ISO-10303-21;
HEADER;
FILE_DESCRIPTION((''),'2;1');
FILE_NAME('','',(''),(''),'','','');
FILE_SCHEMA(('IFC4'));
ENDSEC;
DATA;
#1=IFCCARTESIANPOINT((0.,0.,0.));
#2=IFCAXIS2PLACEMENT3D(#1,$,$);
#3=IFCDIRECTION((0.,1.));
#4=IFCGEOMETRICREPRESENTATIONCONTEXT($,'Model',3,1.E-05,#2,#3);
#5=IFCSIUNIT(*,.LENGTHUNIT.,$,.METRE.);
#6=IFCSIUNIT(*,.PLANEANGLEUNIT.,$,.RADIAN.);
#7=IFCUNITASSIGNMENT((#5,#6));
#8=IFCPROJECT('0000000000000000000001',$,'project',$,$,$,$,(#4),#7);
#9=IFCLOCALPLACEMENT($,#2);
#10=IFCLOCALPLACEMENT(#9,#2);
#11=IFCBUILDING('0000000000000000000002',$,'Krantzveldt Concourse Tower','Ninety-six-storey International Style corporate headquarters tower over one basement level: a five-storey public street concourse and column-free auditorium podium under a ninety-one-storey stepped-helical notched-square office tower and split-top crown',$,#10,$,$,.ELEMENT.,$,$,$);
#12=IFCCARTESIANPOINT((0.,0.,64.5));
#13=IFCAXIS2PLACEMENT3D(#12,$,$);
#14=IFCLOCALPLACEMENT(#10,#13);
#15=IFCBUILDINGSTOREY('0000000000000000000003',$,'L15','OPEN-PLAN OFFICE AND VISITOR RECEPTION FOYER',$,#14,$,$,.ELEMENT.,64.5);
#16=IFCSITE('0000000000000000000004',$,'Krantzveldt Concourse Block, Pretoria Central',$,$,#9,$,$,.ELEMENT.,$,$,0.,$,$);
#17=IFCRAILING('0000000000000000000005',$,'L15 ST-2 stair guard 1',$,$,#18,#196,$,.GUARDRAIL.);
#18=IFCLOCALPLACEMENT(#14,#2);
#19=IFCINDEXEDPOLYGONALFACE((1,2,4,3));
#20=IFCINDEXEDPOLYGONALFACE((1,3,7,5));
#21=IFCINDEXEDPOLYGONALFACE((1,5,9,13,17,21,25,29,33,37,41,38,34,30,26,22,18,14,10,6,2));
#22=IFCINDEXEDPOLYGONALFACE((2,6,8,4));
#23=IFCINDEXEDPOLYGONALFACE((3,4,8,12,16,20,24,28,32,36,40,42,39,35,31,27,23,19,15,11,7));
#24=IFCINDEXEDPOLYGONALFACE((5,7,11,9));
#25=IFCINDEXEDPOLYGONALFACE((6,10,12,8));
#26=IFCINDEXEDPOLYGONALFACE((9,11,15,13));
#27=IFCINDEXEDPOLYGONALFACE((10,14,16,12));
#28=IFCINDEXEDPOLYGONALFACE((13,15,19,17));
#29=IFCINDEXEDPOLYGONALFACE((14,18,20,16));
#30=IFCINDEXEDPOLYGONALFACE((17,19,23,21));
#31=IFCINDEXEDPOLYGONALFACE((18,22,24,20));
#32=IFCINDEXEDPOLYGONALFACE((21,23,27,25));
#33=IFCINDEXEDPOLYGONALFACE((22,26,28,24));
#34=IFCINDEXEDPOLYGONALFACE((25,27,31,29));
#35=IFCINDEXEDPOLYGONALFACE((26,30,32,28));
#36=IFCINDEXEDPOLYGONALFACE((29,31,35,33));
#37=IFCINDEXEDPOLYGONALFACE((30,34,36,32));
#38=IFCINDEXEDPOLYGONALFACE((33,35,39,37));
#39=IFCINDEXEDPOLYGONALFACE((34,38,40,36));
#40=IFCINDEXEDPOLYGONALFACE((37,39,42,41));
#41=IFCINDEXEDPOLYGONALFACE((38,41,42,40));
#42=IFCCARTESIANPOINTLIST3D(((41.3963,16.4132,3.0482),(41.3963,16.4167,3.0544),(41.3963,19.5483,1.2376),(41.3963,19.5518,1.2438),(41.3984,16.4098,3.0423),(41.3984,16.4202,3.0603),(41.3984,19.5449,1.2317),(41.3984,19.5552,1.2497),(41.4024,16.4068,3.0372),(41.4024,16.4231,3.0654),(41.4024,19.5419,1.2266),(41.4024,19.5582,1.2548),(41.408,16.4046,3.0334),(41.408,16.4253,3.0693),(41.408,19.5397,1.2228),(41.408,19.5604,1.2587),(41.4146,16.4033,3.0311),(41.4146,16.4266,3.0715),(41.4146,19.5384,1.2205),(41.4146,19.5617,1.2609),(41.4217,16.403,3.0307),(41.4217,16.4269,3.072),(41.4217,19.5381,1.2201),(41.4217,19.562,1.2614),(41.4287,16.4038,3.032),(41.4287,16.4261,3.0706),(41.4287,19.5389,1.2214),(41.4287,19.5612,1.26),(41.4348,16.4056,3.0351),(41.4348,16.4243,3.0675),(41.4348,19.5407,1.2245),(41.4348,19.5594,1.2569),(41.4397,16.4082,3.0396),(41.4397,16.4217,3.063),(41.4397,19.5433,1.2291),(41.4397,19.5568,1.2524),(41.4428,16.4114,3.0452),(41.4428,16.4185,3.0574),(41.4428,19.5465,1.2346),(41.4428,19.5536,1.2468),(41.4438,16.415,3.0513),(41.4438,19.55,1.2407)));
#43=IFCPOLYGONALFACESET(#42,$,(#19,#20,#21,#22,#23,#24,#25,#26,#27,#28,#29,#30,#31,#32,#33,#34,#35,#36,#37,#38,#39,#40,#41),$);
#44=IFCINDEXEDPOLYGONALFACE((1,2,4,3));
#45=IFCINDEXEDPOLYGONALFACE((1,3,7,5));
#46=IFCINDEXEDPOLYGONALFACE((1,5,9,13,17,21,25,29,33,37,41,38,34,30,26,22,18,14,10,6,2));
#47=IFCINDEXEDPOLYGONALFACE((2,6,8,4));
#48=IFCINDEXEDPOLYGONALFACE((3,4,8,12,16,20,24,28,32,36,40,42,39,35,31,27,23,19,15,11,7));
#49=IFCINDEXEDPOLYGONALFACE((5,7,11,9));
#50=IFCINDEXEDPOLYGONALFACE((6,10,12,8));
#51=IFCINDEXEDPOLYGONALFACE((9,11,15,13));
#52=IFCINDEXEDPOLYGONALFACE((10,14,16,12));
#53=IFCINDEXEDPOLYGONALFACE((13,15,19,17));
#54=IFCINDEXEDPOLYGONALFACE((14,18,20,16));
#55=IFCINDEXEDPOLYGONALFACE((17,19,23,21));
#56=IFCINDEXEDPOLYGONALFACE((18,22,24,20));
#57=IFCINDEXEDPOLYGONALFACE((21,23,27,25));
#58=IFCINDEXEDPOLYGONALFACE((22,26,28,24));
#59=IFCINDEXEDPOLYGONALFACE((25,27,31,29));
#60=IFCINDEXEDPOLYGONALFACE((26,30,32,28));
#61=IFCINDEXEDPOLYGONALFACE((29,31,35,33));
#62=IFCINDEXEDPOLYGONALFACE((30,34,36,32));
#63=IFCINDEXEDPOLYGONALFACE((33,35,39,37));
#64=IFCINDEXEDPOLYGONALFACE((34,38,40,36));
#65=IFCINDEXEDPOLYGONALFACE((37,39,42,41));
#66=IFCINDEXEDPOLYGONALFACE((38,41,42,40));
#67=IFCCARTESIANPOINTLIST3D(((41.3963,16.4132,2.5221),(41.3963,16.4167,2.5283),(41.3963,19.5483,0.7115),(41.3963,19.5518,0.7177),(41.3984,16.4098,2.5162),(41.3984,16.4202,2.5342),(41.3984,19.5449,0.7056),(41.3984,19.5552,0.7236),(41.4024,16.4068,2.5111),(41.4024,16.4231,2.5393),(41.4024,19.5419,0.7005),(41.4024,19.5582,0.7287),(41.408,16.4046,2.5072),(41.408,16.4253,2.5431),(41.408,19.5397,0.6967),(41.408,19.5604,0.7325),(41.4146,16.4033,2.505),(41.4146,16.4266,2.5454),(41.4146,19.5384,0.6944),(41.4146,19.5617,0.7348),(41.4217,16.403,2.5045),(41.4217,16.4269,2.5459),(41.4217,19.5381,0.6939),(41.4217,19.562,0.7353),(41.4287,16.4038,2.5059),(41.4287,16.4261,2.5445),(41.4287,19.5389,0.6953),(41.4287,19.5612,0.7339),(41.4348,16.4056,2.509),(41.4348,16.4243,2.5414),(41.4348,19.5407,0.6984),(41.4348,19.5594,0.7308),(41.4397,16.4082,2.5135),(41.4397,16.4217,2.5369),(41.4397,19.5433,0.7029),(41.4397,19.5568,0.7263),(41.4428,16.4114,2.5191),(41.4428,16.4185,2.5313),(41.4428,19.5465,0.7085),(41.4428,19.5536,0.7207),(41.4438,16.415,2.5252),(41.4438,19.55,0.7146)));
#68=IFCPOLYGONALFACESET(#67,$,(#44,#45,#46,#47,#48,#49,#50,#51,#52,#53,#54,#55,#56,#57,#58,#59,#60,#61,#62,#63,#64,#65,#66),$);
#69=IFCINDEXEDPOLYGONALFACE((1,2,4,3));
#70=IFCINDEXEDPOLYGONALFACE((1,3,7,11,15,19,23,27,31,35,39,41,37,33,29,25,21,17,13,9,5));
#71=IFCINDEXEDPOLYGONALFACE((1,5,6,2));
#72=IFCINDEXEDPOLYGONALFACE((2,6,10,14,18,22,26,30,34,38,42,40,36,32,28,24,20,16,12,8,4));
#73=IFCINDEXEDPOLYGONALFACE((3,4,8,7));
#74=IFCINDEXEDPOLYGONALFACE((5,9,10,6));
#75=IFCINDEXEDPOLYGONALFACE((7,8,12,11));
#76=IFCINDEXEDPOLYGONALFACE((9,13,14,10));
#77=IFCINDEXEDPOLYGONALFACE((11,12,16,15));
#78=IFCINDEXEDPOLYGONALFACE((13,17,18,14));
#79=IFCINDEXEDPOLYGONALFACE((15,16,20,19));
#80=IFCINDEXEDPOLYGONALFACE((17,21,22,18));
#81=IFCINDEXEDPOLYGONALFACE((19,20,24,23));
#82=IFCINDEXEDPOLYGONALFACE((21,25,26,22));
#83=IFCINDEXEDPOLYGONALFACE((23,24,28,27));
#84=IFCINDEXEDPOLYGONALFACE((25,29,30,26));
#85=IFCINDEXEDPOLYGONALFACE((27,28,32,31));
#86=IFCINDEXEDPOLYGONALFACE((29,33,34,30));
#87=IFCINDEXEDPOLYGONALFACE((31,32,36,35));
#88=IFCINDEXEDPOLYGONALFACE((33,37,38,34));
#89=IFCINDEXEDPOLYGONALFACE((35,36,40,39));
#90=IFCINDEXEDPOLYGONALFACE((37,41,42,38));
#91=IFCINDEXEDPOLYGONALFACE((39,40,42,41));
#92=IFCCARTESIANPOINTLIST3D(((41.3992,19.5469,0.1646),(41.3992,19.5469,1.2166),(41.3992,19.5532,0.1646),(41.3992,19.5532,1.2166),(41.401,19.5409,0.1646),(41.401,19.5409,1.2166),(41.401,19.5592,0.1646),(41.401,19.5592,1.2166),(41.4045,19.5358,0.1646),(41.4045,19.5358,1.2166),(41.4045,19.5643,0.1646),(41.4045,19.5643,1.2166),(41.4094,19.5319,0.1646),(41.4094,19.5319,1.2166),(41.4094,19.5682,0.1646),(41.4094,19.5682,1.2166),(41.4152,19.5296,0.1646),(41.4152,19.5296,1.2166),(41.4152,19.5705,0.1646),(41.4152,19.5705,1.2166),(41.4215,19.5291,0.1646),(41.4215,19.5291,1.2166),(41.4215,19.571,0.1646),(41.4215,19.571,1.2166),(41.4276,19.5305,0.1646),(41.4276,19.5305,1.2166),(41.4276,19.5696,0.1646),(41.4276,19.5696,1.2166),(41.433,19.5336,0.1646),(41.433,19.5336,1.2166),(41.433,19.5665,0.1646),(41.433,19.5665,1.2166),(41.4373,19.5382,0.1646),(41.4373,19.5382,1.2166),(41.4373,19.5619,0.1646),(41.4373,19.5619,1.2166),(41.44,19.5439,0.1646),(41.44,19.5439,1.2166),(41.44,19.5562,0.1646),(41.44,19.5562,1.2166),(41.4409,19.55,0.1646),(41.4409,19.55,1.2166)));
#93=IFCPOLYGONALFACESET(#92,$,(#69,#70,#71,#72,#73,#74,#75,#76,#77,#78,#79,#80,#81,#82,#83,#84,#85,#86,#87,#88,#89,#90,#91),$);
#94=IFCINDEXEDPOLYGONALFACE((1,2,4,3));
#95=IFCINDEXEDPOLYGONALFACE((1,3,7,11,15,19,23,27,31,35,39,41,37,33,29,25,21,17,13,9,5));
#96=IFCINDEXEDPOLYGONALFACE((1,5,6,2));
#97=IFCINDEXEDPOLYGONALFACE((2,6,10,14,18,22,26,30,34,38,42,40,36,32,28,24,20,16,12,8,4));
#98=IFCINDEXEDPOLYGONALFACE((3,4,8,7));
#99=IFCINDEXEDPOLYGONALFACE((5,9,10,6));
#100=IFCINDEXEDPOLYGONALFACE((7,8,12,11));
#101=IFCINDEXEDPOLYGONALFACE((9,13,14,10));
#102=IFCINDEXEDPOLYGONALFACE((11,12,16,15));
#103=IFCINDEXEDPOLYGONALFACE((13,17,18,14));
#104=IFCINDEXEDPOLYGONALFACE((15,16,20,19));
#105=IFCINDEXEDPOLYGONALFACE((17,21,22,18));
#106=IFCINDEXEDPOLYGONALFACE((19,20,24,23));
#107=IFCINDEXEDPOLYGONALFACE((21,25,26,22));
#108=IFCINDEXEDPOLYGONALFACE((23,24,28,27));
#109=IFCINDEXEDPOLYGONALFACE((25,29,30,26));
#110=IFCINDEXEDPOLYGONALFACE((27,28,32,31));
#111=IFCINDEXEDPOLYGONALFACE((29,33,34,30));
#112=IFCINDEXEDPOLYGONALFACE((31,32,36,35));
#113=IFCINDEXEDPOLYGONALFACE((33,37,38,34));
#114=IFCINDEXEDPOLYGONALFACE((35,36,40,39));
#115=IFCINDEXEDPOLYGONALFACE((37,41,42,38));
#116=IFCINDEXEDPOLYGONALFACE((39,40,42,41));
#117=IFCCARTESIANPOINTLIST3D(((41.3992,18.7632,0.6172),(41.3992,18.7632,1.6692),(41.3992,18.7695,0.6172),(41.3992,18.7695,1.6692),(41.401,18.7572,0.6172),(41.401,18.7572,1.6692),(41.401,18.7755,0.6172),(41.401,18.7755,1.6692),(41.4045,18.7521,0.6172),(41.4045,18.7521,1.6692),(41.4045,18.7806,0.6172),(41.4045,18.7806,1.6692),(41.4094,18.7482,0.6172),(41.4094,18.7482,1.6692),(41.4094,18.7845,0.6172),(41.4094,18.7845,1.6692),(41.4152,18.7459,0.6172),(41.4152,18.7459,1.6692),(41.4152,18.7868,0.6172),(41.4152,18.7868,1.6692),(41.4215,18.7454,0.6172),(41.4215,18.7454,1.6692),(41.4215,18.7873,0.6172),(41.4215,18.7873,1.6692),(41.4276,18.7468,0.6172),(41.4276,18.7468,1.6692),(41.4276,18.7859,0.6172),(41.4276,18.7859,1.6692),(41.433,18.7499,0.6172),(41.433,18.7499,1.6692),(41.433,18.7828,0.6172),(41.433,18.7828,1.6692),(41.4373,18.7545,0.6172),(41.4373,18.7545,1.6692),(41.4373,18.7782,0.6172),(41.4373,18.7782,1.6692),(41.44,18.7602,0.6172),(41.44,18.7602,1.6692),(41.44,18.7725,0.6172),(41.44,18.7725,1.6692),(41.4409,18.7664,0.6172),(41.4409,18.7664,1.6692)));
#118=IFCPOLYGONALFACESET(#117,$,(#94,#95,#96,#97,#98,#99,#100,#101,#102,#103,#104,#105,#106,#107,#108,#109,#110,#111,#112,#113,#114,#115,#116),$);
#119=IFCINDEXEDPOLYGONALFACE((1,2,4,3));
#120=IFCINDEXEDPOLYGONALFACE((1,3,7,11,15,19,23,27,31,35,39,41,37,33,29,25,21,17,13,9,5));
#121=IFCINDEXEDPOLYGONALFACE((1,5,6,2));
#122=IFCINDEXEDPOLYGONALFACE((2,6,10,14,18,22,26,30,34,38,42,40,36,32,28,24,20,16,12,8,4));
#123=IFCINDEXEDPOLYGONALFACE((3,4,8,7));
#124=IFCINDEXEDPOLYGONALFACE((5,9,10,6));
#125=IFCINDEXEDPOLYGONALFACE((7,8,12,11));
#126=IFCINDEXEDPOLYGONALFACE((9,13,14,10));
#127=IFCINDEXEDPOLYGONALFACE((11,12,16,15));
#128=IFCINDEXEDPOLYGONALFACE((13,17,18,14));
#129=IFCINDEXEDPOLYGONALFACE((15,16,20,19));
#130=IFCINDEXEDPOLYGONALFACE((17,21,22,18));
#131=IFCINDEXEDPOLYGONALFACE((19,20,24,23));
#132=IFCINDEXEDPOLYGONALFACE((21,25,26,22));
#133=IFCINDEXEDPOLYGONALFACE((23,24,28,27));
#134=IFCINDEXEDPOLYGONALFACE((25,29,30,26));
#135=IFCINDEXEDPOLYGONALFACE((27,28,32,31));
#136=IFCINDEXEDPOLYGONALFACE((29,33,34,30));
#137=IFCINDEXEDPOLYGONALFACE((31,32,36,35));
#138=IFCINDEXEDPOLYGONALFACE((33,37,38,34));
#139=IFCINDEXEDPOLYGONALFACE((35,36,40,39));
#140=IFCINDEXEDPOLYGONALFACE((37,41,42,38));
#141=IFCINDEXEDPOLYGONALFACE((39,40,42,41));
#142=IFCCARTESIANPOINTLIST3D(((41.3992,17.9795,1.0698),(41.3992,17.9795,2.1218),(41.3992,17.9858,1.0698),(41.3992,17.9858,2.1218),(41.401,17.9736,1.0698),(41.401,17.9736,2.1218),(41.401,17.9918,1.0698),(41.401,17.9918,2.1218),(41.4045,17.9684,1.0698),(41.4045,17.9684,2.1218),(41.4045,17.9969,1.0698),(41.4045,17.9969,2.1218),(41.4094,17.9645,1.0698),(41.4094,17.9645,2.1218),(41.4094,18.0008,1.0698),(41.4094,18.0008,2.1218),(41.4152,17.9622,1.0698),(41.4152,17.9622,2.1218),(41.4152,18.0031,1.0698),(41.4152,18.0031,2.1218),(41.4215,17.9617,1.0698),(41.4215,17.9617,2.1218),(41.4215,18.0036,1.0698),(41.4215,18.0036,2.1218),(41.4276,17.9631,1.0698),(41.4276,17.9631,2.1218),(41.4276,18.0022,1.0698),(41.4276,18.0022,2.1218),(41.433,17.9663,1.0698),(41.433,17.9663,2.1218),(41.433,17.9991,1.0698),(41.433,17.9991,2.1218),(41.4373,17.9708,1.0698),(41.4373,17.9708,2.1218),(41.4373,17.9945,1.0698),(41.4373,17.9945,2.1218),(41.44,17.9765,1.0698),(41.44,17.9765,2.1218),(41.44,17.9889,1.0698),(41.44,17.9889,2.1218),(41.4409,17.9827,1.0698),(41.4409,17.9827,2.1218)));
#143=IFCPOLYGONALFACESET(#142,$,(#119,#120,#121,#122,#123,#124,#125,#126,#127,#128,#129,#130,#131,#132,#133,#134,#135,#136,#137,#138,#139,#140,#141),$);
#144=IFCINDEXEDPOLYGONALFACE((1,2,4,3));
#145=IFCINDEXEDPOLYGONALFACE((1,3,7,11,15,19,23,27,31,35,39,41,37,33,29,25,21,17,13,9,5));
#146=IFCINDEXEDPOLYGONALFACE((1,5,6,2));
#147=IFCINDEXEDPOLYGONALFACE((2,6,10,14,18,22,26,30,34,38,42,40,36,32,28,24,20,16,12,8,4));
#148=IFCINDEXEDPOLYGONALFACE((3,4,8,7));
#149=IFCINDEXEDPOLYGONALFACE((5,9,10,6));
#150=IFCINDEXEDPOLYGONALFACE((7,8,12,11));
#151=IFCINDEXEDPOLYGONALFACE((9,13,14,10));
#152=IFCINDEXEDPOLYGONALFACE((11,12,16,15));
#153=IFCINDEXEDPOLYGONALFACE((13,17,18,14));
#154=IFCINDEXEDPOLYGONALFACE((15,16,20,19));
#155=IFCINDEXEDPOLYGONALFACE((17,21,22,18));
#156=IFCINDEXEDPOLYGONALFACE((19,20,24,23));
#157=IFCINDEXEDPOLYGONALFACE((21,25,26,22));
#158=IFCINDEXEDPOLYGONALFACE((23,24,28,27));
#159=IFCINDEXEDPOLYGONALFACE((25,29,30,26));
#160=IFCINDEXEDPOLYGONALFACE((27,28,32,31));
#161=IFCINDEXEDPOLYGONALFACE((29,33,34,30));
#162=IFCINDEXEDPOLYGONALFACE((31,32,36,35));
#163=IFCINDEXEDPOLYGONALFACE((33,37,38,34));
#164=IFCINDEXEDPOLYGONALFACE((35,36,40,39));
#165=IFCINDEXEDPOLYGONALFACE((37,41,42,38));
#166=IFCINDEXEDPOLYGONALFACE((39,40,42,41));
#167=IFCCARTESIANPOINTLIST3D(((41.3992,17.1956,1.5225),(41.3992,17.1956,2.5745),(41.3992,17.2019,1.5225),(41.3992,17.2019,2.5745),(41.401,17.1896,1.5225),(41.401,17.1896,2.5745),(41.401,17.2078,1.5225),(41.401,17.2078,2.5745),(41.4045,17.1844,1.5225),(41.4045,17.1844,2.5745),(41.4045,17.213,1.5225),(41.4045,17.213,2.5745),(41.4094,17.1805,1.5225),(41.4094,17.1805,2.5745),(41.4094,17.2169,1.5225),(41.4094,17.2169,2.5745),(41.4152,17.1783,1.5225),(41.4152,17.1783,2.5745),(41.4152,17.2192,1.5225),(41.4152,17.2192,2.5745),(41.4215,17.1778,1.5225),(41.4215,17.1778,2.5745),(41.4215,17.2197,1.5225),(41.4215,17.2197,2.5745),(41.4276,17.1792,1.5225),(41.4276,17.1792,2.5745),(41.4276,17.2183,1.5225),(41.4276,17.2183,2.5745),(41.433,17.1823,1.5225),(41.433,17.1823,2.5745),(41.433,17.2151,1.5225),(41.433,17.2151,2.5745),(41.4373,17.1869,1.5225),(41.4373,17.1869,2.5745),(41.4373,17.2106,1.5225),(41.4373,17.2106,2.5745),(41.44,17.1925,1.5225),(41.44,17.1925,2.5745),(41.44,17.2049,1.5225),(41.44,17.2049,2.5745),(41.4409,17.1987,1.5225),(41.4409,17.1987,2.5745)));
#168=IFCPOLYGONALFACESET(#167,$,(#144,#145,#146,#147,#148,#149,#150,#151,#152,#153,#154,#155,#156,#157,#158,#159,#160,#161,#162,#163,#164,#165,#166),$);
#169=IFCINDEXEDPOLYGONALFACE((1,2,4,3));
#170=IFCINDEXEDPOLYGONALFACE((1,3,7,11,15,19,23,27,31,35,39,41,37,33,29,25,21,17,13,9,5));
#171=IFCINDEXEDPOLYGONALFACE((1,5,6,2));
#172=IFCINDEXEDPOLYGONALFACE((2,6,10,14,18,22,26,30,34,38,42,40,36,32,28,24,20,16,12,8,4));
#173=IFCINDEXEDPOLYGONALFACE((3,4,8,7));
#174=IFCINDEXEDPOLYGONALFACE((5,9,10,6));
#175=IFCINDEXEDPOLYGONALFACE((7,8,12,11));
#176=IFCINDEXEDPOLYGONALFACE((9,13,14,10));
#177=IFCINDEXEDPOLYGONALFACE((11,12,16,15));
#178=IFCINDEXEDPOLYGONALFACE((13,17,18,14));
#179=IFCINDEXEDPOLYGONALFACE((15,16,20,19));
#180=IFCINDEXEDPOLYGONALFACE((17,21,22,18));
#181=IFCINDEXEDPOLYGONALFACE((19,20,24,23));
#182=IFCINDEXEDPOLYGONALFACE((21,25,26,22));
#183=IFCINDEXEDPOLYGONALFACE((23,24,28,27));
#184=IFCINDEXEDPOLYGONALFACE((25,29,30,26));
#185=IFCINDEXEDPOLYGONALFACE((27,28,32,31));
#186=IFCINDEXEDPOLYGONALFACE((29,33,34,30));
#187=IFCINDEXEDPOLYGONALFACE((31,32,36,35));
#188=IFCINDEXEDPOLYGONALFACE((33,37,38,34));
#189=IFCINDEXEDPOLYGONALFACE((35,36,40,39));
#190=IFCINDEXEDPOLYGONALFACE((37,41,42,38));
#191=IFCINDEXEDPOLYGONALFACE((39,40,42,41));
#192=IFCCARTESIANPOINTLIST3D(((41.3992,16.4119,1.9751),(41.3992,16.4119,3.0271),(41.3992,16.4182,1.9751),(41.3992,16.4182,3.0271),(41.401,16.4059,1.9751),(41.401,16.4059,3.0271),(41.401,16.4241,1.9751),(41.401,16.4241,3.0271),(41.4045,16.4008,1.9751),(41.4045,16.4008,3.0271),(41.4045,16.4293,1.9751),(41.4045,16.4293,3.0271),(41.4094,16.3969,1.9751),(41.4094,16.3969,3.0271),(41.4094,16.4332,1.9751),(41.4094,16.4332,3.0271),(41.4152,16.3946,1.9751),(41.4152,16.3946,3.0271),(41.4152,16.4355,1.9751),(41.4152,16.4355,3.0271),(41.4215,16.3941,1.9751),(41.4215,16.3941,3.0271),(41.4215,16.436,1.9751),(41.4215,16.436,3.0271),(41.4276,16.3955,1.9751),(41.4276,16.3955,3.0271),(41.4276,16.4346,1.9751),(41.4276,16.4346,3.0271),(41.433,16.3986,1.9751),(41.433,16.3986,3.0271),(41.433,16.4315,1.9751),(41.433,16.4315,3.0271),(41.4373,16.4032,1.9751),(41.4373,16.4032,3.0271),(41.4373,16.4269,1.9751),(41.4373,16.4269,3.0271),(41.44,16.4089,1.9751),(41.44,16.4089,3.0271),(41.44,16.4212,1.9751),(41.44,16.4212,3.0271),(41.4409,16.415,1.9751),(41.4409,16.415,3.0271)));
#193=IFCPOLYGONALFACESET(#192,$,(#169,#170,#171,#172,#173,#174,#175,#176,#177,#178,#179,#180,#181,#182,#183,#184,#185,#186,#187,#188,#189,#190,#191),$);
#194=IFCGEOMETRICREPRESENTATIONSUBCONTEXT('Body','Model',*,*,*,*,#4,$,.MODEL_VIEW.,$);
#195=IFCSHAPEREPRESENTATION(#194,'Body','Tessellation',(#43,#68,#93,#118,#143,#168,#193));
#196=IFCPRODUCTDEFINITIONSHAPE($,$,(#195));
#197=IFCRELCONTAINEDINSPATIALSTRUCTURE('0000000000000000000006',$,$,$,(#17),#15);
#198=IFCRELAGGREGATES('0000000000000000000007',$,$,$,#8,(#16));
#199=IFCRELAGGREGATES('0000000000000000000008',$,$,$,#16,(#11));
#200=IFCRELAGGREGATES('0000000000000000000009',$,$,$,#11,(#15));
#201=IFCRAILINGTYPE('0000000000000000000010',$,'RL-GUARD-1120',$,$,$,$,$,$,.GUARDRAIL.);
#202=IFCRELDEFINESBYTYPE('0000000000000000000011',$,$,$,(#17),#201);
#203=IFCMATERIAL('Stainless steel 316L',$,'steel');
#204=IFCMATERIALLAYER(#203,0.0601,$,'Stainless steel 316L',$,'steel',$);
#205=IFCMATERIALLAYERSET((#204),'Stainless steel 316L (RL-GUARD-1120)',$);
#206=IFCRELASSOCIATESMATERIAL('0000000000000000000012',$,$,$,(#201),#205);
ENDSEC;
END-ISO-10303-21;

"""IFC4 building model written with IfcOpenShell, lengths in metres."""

from ifc_helpers import new_model, si_unit, direction, frame, origin, origin_2d, place, context, subcontext, project, spatial, circle, extrude, material, layer, layer_set, type_object, element, save


model = new_model("IFC4")

# Units and contexts
model_context = context("Model", 3, precision=1e-05, world=origin(), true_north=direction((0.0, 1.0)))
body_context = subcontext(model_context, "Body", "Model", "MODEL_VIEW")
ifc_project = project(units=[si_unit("LENGTHUNIT", "METRE"), si_unit("PLANEANGLEUNIT", "RADIAN")], contexts=[model_context])

# Site, building, storey
site_placement = place(None, origin())
site = spatial("IfcSite", under=ifc_project, at=site_placement, Name="Krantzveldt Concourse Block, Pretoria Central", CompositionType="ELEMENT", RefElevation=0.0)
building_placement = place(site_placement, origin())
building = spatial("IfcBuilding", under=site, at=building_placement, Name="Krantzveldt Concourse Tower", Description="Ninety-six-storey International Style corporate headquarters tower over one basement level: a five-storey public street concourse and column-free auditorium podium under a ninety-one-storey stepped-helical notched-square office tower and split-top crown", CompositionType="ELEMENT")
storey_placement = place(building_placement, frame((0.0, 0.0, 64.5)))
storey = spatial("IfcBuildingStorey", under=building, at=storey_placement, Name="L15", Description="OPEN-PLAN OFFICE AND VISITOR RECEPTION FOYER", CompositionType="ELEMENT", Elevation=64.5)

# Shared definitions
ifc_material_1 = material(Name="Stainless steel 316L", Category="steel")

# Railing
ifc_layer_1 = layer(ifc_material_1, 0.0601, Name="Stainless steel 316L", Category="steel")
ifc_layer_set_1 = layer_set([ifc_layer_1], Name="Stainless steel 316L (RL-GUARD-1120)")
railing_type_1 = type_object("IfcRailingType", Name="RL-GUARD-1120", PredefinedType="GUARDRAIL", material=ifc_layer_set_1)
railing_1_placement = place(storey_placement, frame((41.4199, 19.55, 0.1646)))
element("IfcRailing", 1, at=railing_1_placement, inside=storey, type_object=railing_type_1, Name="L15 ST-2 stair guard 1", PredefinedType="GUARDRAIL", context=body_context, shape_type="SweptSolid", body=[
    extrude(circle(Radius=0.0239, at=origin_2d()), frame((0.0, 0.0, 1.0762), z_axis=(0.0, -0.86596, 0.500114), x_axis=(1.0, 0.0, 0.0)), (0.0, 0.0, 1.0), 3.6204),
    extrude(circle(Radius=0.0239, at=origin_2d()), frame((0.0, 0.0, 0.55), z_axis=(0.0, -0.86596, 0.500114), x_axis=(1.0, 0.0, 0.0)), (0.0, 0.0, 1.0), 3.6204),
    extrude(circle(Radius=0.021, at=origin_2d()), origin(), (0.0, 0.0, 1.0), 1.052),
    extrude(circle(Radius=0.021, at=origin_2d()), frame((0.0, -0.7837, 0.4526)), (0.0, 0.0, 1.0), 1.052),
    extrude(circle(Radius=0.021, at=origin_2d()), frame((0.0, -1.5674, 0.9053)), (0.0, 0.0, 1.0), 1.052),
    extrude(circle(Radius=0.021, at=origin_2d()), frame((0.0, -2.3513, 1.3579)), (0.0, 0.0, 1.0), 1.052),
    extrude(circle(Radius=0.021, at=origin_2d()), frame((0.0, -3.135, 1.8105)), (0.0, 0.0, 1.0), 1.052),
])

save(model, "model.ifc")
